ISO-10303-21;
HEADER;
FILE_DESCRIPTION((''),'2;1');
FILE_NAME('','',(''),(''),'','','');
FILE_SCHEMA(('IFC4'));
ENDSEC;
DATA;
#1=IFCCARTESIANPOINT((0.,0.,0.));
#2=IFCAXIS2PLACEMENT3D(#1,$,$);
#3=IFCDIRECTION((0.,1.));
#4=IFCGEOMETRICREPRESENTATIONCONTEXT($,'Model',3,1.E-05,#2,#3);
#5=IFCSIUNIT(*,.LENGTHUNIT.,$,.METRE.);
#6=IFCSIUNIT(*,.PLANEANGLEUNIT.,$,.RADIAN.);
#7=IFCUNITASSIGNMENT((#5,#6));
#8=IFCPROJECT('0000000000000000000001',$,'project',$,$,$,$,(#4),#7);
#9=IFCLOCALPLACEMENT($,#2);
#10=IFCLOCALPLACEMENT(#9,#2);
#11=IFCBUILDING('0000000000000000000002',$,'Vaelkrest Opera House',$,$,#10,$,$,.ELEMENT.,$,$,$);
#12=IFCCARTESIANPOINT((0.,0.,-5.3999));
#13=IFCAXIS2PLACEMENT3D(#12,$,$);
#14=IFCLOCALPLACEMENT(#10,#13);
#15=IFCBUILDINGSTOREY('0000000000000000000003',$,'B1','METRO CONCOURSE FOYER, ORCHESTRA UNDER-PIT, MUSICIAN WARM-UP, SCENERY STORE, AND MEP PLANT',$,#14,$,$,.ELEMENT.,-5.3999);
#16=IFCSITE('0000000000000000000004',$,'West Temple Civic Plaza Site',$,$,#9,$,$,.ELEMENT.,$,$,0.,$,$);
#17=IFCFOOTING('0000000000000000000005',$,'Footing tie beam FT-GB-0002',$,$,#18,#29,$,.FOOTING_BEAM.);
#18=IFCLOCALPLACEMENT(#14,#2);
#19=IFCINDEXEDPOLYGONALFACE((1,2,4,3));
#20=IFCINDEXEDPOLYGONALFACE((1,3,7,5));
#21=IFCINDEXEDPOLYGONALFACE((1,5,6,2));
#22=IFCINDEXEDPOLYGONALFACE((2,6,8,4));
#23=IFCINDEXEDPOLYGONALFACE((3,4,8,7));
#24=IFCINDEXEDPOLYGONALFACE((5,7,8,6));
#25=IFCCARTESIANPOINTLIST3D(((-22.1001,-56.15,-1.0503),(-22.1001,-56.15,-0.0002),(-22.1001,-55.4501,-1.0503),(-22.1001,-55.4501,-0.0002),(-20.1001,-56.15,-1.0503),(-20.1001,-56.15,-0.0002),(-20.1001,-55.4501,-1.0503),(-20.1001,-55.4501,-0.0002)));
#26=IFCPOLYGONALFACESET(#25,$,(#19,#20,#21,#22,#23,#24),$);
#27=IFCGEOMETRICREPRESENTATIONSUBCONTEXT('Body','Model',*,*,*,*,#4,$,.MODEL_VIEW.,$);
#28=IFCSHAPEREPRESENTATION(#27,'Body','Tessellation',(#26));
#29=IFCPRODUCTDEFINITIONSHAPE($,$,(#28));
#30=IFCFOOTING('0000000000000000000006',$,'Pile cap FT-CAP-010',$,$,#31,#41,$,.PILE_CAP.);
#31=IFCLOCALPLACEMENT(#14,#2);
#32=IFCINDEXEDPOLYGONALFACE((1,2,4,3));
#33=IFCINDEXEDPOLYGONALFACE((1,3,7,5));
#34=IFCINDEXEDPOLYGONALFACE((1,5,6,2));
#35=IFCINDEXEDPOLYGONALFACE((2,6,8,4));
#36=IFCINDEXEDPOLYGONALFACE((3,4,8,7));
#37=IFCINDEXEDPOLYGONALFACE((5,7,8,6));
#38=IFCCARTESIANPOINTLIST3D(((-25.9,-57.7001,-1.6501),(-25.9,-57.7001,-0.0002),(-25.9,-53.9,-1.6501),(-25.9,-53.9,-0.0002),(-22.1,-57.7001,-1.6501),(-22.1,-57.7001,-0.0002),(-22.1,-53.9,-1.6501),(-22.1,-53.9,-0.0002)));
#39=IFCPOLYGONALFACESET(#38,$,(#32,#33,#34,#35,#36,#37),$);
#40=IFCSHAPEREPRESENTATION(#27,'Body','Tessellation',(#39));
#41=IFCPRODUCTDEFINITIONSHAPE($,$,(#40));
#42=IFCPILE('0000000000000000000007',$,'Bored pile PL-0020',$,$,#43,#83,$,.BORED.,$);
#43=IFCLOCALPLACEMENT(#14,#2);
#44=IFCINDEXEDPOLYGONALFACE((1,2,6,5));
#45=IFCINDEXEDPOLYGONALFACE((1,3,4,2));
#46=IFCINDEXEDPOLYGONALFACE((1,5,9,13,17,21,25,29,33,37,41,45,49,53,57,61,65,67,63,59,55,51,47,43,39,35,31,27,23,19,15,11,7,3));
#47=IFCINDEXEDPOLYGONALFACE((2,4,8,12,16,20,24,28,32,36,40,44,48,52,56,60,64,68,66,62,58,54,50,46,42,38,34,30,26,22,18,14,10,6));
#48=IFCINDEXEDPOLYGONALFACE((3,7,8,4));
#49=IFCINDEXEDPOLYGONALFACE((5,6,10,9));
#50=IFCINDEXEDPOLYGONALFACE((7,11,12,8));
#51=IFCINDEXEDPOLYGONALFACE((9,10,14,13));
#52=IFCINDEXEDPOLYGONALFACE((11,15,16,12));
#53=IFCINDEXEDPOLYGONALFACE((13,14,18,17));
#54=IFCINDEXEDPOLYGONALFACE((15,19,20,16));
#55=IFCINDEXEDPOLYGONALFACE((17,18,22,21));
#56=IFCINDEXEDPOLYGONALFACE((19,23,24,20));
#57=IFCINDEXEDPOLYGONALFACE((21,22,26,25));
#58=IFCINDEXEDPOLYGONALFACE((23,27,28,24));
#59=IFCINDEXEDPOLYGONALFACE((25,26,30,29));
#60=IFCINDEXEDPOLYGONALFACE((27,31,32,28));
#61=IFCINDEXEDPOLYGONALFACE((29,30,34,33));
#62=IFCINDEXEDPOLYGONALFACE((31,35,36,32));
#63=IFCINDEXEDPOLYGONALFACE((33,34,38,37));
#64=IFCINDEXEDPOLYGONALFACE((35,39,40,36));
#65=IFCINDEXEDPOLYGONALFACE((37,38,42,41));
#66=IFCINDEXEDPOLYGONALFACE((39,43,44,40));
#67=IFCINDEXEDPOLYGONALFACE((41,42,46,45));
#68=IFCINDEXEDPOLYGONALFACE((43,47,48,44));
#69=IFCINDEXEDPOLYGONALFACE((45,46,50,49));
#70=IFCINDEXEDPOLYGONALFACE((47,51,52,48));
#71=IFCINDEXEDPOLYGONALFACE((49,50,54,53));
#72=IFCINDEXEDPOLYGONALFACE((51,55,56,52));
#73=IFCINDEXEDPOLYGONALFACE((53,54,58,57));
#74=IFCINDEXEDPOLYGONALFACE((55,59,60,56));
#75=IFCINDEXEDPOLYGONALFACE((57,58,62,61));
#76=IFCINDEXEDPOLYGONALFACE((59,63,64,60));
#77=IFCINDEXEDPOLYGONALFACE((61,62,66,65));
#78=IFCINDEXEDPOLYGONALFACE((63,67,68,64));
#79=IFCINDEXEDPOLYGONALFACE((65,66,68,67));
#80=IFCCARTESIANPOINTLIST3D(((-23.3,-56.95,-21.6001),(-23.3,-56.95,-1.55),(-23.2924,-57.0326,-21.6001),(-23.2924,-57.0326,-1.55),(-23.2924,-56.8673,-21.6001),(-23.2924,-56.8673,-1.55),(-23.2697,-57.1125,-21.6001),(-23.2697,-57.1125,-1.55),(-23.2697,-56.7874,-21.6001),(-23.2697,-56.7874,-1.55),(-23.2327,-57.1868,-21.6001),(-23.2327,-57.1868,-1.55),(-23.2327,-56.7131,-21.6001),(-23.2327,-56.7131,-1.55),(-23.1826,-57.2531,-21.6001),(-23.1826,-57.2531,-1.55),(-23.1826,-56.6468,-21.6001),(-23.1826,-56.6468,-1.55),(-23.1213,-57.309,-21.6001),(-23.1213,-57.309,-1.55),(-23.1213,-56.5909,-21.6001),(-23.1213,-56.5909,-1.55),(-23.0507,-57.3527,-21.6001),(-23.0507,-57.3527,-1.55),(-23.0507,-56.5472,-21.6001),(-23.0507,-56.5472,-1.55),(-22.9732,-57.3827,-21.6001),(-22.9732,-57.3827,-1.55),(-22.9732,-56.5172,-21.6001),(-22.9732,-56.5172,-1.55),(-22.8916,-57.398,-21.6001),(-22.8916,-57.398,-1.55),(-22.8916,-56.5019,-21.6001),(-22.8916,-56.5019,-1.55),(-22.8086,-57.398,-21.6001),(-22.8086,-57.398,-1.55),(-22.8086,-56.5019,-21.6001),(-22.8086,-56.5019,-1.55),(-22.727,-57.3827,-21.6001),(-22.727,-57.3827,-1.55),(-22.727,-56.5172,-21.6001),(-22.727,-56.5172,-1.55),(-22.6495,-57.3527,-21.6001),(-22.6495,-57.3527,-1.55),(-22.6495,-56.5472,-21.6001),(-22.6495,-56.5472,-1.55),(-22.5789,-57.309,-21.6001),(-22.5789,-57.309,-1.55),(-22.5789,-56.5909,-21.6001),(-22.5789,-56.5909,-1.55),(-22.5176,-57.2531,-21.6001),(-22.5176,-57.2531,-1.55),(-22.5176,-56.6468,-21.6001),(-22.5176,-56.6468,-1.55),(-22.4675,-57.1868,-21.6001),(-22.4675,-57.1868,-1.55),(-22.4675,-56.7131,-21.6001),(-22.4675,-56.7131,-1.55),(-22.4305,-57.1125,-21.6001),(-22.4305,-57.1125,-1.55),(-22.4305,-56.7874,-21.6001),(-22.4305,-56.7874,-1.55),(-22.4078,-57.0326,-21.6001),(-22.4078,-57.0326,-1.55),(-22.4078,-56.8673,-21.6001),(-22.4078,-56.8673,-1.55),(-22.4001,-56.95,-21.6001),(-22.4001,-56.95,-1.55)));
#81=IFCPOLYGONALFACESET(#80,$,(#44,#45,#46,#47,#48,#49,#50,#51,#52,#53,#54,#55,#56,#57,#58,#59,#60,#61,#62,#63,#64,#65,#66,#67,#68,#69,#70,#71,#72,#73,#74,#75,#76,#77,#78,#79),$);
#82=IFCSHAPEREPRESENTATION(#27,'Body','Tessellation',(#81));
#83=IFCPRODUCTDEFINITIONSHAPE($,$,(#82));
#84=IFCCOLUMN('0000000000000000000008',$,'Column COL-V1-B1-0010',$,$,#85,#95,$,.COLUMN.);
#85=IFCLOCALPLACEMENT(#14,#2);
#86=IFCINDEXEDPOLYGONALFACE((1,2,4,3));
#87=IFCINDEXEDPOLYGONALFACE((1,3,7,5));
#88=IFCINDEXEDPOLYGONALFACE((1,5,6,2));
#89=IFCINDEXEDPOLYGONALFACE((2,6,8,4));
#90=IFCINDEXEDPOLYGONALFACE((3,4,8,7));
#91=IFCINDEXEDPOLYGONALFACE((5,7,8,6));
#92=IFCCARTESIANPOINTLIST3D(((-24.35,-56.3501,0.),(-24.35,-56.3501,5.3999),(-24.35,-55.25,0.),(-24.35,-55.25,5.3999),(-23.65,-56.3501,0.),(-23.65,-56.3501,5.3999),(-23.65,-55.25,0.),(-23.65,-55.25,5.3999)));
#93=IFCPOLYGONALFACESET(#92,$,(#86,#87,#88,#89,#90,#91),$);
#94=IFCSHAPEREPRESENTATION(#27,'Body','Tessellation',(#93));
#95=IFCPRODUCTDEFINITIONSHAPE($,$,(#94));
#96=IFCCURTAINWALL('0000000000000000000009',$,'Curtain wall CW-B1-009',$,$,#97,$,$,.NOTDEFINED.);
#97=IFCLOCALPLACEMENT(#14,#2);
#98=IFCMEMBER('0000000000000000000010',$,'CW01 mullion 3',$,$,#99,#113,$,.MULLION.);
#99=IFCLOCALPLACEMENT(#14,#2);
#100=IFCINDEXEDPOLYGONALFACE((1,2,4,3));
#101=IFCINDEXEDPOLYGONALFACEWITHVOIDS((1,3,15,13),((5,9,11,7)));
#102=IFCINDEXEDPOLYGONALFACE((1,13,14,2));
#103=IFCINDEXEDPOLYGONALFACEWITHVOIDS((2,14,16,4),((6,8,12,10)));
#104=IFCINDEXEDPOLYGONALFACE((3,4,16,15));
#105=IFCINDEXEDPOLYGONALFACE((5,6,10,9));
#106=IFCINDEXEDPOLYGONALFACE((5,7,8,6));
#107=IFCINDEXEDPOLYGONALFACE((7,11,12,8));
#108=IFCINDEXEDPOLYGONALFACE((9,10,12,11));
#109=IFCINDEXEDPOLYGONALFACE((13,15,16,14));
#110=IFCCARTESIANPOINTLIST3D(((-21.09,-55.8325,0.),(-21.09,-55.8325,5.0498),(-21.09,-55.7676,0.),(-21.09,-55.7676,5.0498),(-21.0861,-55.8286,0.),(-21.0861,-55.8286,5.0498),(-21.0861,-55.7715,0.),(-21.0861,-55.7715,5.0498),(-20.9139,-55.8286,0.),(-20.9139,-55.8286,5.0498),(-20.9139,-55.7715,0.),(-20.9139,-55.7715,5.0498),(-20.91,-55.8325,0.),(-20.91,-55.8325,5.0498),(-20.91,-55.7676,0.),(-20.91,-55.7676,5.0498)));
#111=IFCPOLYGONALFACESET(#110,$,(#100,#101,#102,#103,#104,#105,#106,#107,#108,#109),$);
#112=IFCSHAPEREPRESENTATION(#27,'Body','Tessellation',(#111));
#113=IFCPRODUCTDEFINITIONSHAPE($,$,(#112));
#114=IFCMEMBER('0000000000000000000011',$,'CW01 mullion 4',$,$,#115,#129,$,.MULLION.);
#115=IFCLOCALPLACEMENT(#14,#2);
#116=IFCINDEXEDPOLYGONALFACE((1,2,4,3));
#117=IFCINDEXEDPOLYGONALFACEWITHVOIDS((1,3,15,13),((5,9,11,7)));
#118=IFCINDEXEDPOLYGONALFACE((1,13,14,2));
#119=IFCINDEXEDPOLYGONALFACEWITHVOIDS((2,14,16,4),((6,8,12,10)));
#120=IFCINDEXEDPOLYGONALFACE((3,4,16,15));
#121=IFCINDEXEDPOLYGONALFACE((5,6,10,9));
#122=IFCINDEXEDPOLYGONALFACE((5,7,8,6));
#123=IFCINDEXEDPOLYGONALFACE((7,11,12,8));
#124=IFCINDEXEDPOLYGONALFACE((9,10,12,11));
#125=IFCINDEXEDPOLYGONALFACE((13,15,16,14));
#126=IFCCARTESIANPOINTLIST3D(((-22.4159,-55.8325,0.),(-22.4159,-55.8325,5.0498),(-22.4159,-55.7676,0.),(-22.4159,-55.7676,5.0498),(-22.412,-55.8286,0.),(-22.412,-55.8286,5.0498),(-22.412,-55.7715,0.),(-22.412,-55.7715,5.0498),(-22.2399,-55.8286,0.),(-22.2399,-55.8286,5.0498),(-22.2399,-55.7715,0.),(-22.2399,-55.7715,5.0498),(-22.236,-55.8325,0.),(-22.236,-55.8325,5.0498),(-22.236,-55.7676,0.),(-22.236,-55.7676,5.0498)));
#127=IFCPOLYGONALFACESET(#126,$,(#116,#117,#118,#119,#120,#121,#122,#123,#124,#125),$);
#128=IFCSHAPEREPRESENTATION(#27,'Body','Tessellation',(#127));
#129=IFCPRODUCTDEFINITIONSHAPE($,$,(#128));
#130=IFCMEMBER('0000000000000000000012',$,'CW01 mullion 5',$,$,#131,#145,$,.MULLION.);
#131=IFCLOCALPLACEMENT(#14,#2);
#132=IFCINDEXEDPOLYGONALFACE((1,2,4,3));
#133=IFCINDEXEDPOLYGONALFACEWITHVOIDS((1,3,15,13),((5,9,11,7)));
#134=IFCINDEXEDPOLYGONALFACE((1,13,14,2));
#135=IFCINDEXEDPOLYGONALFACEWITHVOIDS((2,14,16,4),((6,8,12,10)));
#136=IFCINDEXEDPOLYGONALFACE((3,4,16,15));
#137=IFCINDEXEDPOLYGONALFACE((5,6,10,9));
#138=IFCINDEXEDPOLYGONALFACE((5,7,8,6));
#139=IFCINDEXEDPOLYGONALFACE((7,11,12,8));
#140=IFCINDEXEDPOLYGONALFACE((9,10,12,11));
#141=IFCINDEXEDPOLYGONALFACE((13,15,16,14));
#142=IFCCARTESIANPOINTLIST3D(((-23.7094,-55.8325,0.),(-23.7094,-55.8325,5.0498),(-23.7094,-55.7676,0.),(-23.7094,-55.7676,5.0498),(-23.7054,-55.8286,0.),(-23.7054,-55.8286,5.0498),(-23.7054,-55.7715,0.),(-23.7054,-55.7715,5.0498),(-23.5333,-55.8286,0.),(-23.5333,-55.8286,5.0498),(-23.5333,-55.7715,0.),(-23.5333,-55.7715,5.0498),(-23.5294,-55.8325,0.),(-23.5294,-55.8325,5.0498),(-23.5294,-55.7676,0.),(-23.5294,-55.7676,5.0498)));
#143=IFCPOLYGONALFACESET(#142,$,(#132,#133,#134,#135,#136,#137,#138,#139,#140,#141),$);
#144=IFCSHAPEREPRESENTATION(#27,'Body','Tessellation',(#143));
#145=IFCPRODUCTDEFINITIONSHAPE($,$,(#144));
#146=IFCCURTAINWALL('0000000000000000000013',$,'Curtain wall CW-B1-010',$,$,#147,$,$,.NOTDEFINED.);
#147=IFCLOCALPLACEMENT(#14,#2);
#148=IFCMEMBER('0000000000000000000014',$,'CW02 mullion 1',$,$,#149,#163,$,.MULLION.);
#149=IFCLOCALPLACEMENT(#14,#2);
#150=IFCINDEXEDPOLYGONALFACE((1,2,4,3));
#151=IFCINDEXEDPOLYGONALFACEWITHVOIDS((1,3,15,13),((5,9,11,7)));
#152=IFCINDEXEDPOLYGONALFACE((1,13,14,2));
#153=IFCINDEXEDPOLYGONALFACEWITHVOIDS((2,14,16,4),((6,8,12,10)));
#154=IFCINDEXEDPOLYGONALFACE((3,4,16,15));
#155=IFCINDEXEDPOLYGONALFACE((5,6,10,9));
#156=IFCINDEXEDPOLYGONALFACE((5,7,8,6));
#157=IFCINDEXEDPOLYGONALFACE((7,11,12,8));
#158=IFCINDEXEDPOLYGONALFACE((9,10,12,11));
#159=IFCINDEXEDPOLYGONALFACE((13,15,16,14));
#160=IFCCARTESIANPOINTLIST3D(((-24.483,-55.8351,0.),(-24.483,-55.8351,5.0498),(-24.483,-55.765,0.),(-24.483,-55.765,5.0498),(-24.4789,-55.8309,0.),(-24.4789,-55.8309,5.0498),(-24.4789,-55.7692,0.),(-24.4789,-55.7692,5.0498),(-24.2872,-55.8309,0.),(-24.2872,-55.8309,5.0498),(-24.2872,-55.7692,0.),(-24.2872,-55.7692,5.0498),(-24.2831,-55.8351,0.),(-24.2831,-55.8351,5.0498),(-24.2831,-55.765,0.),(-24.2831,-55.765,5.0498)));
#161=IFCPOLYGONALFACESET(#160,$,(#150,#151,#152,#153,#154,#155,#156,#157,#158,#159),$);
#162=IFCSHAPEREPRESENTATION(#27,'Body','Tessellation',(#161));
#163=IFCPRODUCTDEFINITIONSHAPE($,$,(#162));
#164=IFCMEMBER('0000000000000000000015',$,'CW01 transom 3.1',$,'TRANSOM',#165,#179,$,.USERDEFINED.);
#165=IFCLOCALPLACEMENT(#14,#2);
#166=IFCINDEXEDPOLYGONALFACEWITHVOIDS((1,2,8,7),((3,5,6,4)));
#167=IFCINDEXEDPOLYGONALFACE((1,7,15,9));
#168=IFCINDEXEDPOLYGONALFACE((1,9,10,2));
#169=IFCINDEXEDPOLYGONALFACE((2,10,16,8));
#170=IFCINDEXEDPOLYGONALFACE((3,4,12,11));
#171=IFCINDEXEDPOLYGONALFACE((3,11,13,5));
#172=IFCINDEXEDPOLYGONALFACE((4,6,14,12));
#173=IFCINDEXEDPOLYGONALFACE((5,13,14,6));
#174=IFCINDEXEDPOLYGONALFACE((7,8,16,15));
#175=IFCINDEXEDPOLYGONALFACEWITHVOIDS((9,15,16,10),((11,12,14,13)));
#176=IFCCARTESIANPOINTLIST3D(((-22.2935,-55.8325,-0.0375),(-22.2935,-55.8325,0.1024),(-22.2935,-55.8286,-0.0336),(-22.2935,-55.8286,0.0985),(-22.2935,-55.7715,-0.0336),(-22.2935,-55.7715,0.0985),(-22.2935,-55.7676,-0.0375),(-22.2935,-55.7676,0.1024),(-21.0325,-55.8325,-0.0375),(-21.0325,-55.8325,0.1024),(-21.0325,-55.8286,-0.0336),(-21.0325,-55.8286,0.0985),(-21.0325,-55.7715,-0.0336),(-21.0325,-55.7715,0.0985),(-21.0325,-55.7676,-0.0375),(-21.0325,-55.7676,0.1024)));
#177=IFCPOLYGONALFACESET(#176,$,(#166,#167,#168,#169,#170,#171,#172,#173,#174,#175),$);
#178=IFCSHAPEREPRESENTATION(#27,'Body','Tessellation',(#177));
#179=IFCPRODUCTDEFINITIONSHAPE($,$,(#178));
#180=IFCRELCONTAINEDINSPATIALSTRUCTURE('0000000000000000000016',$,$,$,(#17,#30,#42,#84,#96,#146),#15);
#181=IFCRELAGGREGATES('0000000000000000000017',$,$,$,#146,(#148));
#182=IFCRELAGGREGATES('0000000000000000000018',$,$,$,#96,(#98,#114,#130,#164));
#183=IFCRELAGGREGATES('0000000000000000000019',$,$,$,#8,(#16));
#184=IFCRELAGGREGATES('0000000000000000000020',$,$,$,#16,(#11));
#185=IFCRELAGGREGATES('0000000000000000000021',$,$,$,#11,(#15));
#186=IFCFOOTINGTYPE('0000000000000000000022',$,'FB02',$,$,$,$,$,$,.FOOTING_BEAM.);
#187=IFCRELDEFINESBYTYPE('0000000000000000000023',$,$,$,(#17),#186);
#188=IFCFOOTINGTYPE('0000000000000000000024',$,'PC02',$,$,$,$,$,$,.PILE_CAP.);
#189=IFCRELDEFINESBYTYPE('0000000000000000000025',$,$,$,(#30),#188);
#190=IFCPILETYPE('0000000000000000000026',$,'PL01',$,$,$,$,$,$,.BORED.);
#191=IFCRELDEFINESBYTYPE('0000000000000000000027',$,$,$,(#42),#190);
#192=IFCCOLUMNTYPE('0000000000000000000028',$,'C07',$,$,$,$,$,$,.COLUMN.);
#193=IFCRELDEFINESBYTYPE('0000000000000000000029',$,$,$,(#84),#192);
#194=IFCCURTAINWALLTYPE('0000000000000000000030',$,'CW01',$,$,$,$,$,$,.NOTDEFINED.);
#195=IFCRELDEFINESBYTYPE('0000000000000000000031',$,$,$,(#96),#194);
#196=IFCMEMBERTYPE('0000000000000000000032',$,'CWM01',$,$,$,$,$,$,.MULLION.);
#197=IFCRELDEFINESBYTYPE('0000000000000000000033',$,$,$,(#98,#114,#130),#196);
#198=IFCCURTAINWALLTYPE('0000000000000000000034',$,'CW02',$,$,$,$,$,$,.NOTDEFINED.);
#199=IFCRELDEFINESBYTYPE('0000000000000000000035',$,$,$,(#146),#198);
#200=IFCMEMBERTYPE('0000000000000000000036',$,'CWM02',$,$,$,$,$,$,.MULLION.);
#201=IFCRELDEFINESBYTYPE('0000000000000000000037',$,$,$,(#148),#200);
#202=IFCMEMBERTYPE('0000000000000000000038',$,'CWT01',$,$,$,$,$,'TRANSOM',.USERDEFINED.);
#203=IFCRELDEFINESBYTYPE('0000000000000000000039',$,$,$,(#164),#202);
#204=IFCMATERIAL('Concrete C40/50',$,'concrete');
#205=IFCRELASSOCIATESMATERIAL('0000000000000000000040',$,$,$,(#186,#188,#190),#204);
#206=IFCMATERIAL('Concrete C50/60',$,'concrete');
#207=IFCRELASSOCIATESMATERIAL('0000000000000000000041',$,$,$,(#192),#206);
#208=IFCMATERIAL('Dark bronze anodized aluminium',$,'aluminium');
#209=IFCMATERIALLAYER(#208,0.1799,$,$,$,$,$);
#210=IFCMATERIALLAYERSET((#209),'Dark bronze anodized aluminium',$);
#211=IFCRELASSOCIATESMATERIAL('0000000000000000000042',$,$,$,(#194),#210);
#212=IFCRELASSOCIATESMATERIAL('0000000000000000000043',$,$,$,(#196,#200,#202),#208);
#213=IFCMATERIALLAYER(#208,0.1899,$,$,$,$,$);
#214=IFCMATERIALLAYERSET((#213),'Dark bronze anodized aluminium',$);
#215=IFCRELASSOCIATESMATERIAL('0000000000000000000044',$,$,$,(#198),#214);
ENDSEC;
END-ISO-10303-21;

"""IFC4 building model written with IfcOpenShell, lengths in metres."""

from ifc_helpers import new_model, si_unit, direction, frame, origin, origin_2d, place, context, subcontext, project, spatial, rectangle, hollow_rectangle, circle, extrude, material, layer, layer_set, material_profile, profile_set, type_object, element, aggregate, save


model = new_model("IFC4")

# Units and contexts
model_context = context("Model", 3, precision=1e-05, world=origin(), true_north=direction((0.0, 1.0)))
body_context = subcontext(model_context, "Body", "Model", "MODEL_VIEW")
ifc_project = project(units=[si_unit("LENGTHUNIT", "METRE"), si_unit("PLANEANGLEUNIT", "RADIAN")], contexts=[model_context])

# Site, building, storey
site_placement = place(None, origin())
site = spatial("IfcSite", under=ifc_project, at=site_placement, Name="West Temple Civic Plaza Site", CompositionType="ELEMENT", RefElevation=0.0)
building_placement = place(site_placement, origin())
building = spatial("IfcBuilding", under=site, at=building_placement, Name="Vaelkrest Opera House", CompositionType="ELEMENT")
storey_placement = place(building_placement, frame((0.0, 0.0, -5.3999)))
storey = spatial("IfcBuildingStorey", under=building, at=storey_placement, Name="B1", Description="METRO CONCOURSE FOYER, ORCHESTRA UNDER-PIT, MUSICIAN WARM-UP, SCENERY STORE, AND MEP PLANT", CompositionType="ELEMENT", Elevation=-5.3999)

# Footings
ifc_material_1 = material(Name="Concrete C40/50", Category="concrete")
footing_type_1 = type_object("IfcFootingType", Name="FB02", PredefinedType="FOOTING_BEAM", material=ifc_material_1)
footing_1_placement = place(storey_placement, frame((-21.1001, -55.8, -1.0503), z_axis=(0.0, 0.0, 1.0), x_axis=(1.0, 0.0, 0.0)))
element("IfcFooting", 1, at=footing_1_placement, inside=storey, type_object=footing_type_1, Name="Footing tie beam FT-GB-0002", PredefinedType="FOOTING_BEAM", context=body_context, shape_type="SweptSolid", body=[
    extrude(rectangle(XDim=2.0, YDim=0.7, at=origin_2d()), origin(), (0.0, 0.0, 1.0), 1.05),
])
footing_type_2 = type_object("IfcFootingType", Name="PC02", PredefinedType="PILE_CAP", material=ifc_material_1)
footing_2_placement = place(storey_placement, frame((-24.0, -55.8, -1.6501), z_axis=(0.0, 0.0, 1.0), x_axis=(1.0, 0.0, 0.0)))
element("IfcFooting", 2, at=footing_2_placement, inside=storey, type_object=footing_type_2, Name="Pile cap FT-CAP-010", PredefinedType="PILE_CAP", context=body_context, shape_type="SweptSolid", body=[
    extrude(rectangle(XDim=3.8, YDim=3.8, at=origin_2d()), origin(), (0.0, 0.0, 1.0), 1.6499),
])

# Pile
ifc_material_profile_1 = material_profile(ifc_material_1, circle(Radius=0.45, at=origin_2d()), Name="PILE900")
ifc_profile_set_1 = profile_set([ifc_material_profile_1], Name="Concrete C40/50")
pile_type = type_object("IfcPileType", Name="PL01", PredefinedType="BORED", material=ifc_profile_set_1)
pile_placement = place(storey_placement, frame((-22.8501, -56.95, -1.55), z_axis=(0.0, 0.0, -1.0), x_axis=(1.0, 0.0, 0.0)))
element("IfcPile", 3, at=pile_placement, inside=storey, type_object=pile_type, Name="Bored pile PL-0020", PredefinedType="BORED", context=body_context, shape_type="SweptSolid", body=[
    extrude(circle(Radius=0.45, at=origin_2d()), origin(), (0.0, 0.0, 1.0), 20.05),
])

# Column
ifc_material_2 = material(Name="Concrete C50/60", Category="concrete")
ifc_material_profile_2 = material_profile(ifc_material_2, rectangle(XDim=0.7, YDim=1.1001, at=origin_2d()), Name="RC700X1100")
ifc_profile_set_2 = profile_set([ifc_material_profile_2], Name="Concrete C50/60")
column_type = type_object("IfcColumnType", Name="C07", PredefinedType="COLUMN", material=ifc_profile_set_2)
column_placement = place(storey_placement, frame((-24.0, -55.8, 0.0), z_axis=(0.0, 0.0, 1.0), x_axis=(1.0, 0.0, 0.0)))
element("IfcColumn", 4, at=column_placement, inside=storey, type_object=column_type, Name="Column COL-V1-B1-0010", PredefinedType="COLUMN", context=body_context, shape_type="SweptSolid", body=[
    extrude(rectangle(XDim=0.7, YDim=1.1001, at=origin_2d()), origin(), (0.0, 0.0, 1.0), 5.3999),
])

# Curtain wall, members
ifc_material_3 = material(Name="Dark bronze anodized aluminium", Category="aluminium")
ifc_layer_1 = layer(ifc_material_3, 0.1799)
ifc_layer_set_1 = layer_set([ifc_layer_1], Name="Dark bronze anodized aluminium")
curtain_wall_type_1 = type_object("IfcCurtainWallType", Name="CW01", PredefinedType="NOTDEFINED", material=ifc_layer_set_1)
curtain_wall_1_placement = place(storey_placement, origin())
curtain_wall_1 = element("IfcCurtainWall", 5, at=curtain_wall_1_placement, inside=storey, type_object=curtain_wall_type_1, Name="Curtain wall CW-B1-009", PredefinedType="NOTDEFINED")
ifc_material_profile_3 = material_profile(ifc_material_3, hollow_rectangle(XDim=0.0649, YDim=0.1799, WallThickness=0.0039, at=origin_2d()), Name="CWM65X180")
ifc_profile_set_3 = profile_set([ifc_material_profile_3], Name="Dark bronze anodized aluminium")
member_type_1 = type_object("IfcMemberType", Name="CWM01", PredefinedType="MULLION", material=ifc_profile_set_3)
member_1_placement = place(storey_placement, frame((-21.0, -55.8, 0.0), z_axis=(0.0, 0.0, 1.0), x_axis=(0.0, -1.0, 0.0)))
member_1 = element("IfcMember", 6, at=member_1_placement, type_object=member_type_1, Name="CW01 mullion 3", PredefinedType="MULLION", context=body_context, shape_type="SweptSolid", body=[
    extrude(hollow_rectangle(XDim=0.0649, YDim=0.1799, WallThickness=0.0039, at=origin_2d()), origin(), (0.0, 0.0, 1.0), 5.0498),
])
member_2_placement = place(storey_placement, frame((-22.3259, -55.8, 0.0), z_axis=(0.0, 0.0, 1.0), x_axis=(0.0, -1.0, 0.0)))
member_2 = element("IfcMember", 7, at=member_2_placement, type_object=member_type_1, Name="CW01 mullion 4", PredefinedType="MULLION", context=body_context, shape_type="SweptSolid", body=[
    extrude(hollow_rectangle(XDim=0.0649, YDim=0.1799, WallThickness=0.0039, at=origin_2d()), origin(), (0.0, 0.0, 1.0), 5.0498),
])
member_3_placement = place(storey_placement, frame((-23.6194, -55.8, 0.0), z_axis=(0.0, 0.0, 1.0), x_axis=(0.0, -1.0, 0.0)))
member_3 = element("IfcMember", 8, at=member_3_placement, type_object=member_type_1, Name="CW01 mullion 5", PredefinedType="MULLION", context=body_context, shape_type="SweptSolid", body=[
    extrude(hollow_rectangle(XDim=0.0649, YDim=0.1799, WallThickness=0.0039, at=origin_2d()), origin(), (0.0, 0.0, 1.0), 5.0498),
])

# Curtain wall, member
ifc_layer_2 = layer(ifc_material_3, 0.1899)
ifc_layer_set_2 = layer_set([ifc_layer_2], Name="Dark bronze anodized aluminium")
curtain_wall_type_2 = type_object("IfcCurtainWallType", Name="CW02", PredefinedType="NOTDEFINED", material=ifc_layer_set_2)
curtain_wall_2_placement = place(storey_placement, origin())
curtain_wall_2 = element("IfcCurtainWall", 9, at=curtain_wall_2_placement, inside=storey, type_object=curtain_wall_type_2, Name="Curtain wall CW-B1-010", PredefinedType="NOTDEFINED")
ifc_material_profile_4 = material_profile(ifc_material_3, hollow_rectangle(XDim=0.0701, YDim=0.2, WallThickness=0.0042, at=origin_2d()), Name="CWM70X200")
ifc_profile_set_4 = profile_set([ifc_material_profile_4], Name="Dark bronze anodized aluminium")
member_type_2 = type_object("IfcMemberType", Name="CWM02", PredefinedType="MULLION", material=ifc_profile_set_4)
member_4_placement = place(storey_placement, frame((-24.3831, -55.8, 0.0), z_axis=(0.0, 0.0, 1.0), x_axis=(0.0, -1.0, 0.0)))
member_4 = element("IfcMember", 10, at=member_4_placement, type_object=member_type_2, Name="CW02 mullion 1", PredefinedType="MULLION", context=body_context, shape_type="SweptSolid", body=[
    extrude(hollow_rectangle(XDim=0.0701, YDim=0.2, WallThickness=0.0042, at=origin_2d()), origin(), (0.0, 0.0, 1.0), 5.0498),
])
aggregate(curtain_wall_2, [member_4])

# Member
ifc_material_profile_5 = material_profile(ifc_material_3, hollow_rectangle(XDim=0.0649, YDim=0.1399, WallThickness=0.0039, at=origin_2d()), Name="CWT65X140")
ifc_profile_set_5 = profile_set([ifc_material_profile_5], Name="Dark bronze anodized aluminium")
member_type_3 = type_object("IfcMemberType", Name="CWT01", ElementType="TRANSOM", PredefinedType="USERDEFINED", material=ifc_profile_set_5)
member_5_placement = place(storey_placement, frame((-21.0325, -55.8, 0.0325), z_axis=(-1.0, 0.0, 0.0), x_axis=(0.0, -1.0, 0.0)))
member_5 = element("IfcMember", 11, at=member_5_placement, type_object=member_type_3, Name="CW01 transom 3.1", ObjectType="TRANSOM", PredefinedType="USERDEFINED", context=body_context, shape_type="SweptSolid", body=[
    extrude(hollow_rectangle(XDim=0.0649, YDim=0.1399, WallThickness=0.0039, at=origin_2d()), origin(), (0.0, 0.0, 1.0), 1.261),
])

aggregate(curtain_wall_1, [member_1, member_2, member_3, member_5])

save(model, "model.ifc")
